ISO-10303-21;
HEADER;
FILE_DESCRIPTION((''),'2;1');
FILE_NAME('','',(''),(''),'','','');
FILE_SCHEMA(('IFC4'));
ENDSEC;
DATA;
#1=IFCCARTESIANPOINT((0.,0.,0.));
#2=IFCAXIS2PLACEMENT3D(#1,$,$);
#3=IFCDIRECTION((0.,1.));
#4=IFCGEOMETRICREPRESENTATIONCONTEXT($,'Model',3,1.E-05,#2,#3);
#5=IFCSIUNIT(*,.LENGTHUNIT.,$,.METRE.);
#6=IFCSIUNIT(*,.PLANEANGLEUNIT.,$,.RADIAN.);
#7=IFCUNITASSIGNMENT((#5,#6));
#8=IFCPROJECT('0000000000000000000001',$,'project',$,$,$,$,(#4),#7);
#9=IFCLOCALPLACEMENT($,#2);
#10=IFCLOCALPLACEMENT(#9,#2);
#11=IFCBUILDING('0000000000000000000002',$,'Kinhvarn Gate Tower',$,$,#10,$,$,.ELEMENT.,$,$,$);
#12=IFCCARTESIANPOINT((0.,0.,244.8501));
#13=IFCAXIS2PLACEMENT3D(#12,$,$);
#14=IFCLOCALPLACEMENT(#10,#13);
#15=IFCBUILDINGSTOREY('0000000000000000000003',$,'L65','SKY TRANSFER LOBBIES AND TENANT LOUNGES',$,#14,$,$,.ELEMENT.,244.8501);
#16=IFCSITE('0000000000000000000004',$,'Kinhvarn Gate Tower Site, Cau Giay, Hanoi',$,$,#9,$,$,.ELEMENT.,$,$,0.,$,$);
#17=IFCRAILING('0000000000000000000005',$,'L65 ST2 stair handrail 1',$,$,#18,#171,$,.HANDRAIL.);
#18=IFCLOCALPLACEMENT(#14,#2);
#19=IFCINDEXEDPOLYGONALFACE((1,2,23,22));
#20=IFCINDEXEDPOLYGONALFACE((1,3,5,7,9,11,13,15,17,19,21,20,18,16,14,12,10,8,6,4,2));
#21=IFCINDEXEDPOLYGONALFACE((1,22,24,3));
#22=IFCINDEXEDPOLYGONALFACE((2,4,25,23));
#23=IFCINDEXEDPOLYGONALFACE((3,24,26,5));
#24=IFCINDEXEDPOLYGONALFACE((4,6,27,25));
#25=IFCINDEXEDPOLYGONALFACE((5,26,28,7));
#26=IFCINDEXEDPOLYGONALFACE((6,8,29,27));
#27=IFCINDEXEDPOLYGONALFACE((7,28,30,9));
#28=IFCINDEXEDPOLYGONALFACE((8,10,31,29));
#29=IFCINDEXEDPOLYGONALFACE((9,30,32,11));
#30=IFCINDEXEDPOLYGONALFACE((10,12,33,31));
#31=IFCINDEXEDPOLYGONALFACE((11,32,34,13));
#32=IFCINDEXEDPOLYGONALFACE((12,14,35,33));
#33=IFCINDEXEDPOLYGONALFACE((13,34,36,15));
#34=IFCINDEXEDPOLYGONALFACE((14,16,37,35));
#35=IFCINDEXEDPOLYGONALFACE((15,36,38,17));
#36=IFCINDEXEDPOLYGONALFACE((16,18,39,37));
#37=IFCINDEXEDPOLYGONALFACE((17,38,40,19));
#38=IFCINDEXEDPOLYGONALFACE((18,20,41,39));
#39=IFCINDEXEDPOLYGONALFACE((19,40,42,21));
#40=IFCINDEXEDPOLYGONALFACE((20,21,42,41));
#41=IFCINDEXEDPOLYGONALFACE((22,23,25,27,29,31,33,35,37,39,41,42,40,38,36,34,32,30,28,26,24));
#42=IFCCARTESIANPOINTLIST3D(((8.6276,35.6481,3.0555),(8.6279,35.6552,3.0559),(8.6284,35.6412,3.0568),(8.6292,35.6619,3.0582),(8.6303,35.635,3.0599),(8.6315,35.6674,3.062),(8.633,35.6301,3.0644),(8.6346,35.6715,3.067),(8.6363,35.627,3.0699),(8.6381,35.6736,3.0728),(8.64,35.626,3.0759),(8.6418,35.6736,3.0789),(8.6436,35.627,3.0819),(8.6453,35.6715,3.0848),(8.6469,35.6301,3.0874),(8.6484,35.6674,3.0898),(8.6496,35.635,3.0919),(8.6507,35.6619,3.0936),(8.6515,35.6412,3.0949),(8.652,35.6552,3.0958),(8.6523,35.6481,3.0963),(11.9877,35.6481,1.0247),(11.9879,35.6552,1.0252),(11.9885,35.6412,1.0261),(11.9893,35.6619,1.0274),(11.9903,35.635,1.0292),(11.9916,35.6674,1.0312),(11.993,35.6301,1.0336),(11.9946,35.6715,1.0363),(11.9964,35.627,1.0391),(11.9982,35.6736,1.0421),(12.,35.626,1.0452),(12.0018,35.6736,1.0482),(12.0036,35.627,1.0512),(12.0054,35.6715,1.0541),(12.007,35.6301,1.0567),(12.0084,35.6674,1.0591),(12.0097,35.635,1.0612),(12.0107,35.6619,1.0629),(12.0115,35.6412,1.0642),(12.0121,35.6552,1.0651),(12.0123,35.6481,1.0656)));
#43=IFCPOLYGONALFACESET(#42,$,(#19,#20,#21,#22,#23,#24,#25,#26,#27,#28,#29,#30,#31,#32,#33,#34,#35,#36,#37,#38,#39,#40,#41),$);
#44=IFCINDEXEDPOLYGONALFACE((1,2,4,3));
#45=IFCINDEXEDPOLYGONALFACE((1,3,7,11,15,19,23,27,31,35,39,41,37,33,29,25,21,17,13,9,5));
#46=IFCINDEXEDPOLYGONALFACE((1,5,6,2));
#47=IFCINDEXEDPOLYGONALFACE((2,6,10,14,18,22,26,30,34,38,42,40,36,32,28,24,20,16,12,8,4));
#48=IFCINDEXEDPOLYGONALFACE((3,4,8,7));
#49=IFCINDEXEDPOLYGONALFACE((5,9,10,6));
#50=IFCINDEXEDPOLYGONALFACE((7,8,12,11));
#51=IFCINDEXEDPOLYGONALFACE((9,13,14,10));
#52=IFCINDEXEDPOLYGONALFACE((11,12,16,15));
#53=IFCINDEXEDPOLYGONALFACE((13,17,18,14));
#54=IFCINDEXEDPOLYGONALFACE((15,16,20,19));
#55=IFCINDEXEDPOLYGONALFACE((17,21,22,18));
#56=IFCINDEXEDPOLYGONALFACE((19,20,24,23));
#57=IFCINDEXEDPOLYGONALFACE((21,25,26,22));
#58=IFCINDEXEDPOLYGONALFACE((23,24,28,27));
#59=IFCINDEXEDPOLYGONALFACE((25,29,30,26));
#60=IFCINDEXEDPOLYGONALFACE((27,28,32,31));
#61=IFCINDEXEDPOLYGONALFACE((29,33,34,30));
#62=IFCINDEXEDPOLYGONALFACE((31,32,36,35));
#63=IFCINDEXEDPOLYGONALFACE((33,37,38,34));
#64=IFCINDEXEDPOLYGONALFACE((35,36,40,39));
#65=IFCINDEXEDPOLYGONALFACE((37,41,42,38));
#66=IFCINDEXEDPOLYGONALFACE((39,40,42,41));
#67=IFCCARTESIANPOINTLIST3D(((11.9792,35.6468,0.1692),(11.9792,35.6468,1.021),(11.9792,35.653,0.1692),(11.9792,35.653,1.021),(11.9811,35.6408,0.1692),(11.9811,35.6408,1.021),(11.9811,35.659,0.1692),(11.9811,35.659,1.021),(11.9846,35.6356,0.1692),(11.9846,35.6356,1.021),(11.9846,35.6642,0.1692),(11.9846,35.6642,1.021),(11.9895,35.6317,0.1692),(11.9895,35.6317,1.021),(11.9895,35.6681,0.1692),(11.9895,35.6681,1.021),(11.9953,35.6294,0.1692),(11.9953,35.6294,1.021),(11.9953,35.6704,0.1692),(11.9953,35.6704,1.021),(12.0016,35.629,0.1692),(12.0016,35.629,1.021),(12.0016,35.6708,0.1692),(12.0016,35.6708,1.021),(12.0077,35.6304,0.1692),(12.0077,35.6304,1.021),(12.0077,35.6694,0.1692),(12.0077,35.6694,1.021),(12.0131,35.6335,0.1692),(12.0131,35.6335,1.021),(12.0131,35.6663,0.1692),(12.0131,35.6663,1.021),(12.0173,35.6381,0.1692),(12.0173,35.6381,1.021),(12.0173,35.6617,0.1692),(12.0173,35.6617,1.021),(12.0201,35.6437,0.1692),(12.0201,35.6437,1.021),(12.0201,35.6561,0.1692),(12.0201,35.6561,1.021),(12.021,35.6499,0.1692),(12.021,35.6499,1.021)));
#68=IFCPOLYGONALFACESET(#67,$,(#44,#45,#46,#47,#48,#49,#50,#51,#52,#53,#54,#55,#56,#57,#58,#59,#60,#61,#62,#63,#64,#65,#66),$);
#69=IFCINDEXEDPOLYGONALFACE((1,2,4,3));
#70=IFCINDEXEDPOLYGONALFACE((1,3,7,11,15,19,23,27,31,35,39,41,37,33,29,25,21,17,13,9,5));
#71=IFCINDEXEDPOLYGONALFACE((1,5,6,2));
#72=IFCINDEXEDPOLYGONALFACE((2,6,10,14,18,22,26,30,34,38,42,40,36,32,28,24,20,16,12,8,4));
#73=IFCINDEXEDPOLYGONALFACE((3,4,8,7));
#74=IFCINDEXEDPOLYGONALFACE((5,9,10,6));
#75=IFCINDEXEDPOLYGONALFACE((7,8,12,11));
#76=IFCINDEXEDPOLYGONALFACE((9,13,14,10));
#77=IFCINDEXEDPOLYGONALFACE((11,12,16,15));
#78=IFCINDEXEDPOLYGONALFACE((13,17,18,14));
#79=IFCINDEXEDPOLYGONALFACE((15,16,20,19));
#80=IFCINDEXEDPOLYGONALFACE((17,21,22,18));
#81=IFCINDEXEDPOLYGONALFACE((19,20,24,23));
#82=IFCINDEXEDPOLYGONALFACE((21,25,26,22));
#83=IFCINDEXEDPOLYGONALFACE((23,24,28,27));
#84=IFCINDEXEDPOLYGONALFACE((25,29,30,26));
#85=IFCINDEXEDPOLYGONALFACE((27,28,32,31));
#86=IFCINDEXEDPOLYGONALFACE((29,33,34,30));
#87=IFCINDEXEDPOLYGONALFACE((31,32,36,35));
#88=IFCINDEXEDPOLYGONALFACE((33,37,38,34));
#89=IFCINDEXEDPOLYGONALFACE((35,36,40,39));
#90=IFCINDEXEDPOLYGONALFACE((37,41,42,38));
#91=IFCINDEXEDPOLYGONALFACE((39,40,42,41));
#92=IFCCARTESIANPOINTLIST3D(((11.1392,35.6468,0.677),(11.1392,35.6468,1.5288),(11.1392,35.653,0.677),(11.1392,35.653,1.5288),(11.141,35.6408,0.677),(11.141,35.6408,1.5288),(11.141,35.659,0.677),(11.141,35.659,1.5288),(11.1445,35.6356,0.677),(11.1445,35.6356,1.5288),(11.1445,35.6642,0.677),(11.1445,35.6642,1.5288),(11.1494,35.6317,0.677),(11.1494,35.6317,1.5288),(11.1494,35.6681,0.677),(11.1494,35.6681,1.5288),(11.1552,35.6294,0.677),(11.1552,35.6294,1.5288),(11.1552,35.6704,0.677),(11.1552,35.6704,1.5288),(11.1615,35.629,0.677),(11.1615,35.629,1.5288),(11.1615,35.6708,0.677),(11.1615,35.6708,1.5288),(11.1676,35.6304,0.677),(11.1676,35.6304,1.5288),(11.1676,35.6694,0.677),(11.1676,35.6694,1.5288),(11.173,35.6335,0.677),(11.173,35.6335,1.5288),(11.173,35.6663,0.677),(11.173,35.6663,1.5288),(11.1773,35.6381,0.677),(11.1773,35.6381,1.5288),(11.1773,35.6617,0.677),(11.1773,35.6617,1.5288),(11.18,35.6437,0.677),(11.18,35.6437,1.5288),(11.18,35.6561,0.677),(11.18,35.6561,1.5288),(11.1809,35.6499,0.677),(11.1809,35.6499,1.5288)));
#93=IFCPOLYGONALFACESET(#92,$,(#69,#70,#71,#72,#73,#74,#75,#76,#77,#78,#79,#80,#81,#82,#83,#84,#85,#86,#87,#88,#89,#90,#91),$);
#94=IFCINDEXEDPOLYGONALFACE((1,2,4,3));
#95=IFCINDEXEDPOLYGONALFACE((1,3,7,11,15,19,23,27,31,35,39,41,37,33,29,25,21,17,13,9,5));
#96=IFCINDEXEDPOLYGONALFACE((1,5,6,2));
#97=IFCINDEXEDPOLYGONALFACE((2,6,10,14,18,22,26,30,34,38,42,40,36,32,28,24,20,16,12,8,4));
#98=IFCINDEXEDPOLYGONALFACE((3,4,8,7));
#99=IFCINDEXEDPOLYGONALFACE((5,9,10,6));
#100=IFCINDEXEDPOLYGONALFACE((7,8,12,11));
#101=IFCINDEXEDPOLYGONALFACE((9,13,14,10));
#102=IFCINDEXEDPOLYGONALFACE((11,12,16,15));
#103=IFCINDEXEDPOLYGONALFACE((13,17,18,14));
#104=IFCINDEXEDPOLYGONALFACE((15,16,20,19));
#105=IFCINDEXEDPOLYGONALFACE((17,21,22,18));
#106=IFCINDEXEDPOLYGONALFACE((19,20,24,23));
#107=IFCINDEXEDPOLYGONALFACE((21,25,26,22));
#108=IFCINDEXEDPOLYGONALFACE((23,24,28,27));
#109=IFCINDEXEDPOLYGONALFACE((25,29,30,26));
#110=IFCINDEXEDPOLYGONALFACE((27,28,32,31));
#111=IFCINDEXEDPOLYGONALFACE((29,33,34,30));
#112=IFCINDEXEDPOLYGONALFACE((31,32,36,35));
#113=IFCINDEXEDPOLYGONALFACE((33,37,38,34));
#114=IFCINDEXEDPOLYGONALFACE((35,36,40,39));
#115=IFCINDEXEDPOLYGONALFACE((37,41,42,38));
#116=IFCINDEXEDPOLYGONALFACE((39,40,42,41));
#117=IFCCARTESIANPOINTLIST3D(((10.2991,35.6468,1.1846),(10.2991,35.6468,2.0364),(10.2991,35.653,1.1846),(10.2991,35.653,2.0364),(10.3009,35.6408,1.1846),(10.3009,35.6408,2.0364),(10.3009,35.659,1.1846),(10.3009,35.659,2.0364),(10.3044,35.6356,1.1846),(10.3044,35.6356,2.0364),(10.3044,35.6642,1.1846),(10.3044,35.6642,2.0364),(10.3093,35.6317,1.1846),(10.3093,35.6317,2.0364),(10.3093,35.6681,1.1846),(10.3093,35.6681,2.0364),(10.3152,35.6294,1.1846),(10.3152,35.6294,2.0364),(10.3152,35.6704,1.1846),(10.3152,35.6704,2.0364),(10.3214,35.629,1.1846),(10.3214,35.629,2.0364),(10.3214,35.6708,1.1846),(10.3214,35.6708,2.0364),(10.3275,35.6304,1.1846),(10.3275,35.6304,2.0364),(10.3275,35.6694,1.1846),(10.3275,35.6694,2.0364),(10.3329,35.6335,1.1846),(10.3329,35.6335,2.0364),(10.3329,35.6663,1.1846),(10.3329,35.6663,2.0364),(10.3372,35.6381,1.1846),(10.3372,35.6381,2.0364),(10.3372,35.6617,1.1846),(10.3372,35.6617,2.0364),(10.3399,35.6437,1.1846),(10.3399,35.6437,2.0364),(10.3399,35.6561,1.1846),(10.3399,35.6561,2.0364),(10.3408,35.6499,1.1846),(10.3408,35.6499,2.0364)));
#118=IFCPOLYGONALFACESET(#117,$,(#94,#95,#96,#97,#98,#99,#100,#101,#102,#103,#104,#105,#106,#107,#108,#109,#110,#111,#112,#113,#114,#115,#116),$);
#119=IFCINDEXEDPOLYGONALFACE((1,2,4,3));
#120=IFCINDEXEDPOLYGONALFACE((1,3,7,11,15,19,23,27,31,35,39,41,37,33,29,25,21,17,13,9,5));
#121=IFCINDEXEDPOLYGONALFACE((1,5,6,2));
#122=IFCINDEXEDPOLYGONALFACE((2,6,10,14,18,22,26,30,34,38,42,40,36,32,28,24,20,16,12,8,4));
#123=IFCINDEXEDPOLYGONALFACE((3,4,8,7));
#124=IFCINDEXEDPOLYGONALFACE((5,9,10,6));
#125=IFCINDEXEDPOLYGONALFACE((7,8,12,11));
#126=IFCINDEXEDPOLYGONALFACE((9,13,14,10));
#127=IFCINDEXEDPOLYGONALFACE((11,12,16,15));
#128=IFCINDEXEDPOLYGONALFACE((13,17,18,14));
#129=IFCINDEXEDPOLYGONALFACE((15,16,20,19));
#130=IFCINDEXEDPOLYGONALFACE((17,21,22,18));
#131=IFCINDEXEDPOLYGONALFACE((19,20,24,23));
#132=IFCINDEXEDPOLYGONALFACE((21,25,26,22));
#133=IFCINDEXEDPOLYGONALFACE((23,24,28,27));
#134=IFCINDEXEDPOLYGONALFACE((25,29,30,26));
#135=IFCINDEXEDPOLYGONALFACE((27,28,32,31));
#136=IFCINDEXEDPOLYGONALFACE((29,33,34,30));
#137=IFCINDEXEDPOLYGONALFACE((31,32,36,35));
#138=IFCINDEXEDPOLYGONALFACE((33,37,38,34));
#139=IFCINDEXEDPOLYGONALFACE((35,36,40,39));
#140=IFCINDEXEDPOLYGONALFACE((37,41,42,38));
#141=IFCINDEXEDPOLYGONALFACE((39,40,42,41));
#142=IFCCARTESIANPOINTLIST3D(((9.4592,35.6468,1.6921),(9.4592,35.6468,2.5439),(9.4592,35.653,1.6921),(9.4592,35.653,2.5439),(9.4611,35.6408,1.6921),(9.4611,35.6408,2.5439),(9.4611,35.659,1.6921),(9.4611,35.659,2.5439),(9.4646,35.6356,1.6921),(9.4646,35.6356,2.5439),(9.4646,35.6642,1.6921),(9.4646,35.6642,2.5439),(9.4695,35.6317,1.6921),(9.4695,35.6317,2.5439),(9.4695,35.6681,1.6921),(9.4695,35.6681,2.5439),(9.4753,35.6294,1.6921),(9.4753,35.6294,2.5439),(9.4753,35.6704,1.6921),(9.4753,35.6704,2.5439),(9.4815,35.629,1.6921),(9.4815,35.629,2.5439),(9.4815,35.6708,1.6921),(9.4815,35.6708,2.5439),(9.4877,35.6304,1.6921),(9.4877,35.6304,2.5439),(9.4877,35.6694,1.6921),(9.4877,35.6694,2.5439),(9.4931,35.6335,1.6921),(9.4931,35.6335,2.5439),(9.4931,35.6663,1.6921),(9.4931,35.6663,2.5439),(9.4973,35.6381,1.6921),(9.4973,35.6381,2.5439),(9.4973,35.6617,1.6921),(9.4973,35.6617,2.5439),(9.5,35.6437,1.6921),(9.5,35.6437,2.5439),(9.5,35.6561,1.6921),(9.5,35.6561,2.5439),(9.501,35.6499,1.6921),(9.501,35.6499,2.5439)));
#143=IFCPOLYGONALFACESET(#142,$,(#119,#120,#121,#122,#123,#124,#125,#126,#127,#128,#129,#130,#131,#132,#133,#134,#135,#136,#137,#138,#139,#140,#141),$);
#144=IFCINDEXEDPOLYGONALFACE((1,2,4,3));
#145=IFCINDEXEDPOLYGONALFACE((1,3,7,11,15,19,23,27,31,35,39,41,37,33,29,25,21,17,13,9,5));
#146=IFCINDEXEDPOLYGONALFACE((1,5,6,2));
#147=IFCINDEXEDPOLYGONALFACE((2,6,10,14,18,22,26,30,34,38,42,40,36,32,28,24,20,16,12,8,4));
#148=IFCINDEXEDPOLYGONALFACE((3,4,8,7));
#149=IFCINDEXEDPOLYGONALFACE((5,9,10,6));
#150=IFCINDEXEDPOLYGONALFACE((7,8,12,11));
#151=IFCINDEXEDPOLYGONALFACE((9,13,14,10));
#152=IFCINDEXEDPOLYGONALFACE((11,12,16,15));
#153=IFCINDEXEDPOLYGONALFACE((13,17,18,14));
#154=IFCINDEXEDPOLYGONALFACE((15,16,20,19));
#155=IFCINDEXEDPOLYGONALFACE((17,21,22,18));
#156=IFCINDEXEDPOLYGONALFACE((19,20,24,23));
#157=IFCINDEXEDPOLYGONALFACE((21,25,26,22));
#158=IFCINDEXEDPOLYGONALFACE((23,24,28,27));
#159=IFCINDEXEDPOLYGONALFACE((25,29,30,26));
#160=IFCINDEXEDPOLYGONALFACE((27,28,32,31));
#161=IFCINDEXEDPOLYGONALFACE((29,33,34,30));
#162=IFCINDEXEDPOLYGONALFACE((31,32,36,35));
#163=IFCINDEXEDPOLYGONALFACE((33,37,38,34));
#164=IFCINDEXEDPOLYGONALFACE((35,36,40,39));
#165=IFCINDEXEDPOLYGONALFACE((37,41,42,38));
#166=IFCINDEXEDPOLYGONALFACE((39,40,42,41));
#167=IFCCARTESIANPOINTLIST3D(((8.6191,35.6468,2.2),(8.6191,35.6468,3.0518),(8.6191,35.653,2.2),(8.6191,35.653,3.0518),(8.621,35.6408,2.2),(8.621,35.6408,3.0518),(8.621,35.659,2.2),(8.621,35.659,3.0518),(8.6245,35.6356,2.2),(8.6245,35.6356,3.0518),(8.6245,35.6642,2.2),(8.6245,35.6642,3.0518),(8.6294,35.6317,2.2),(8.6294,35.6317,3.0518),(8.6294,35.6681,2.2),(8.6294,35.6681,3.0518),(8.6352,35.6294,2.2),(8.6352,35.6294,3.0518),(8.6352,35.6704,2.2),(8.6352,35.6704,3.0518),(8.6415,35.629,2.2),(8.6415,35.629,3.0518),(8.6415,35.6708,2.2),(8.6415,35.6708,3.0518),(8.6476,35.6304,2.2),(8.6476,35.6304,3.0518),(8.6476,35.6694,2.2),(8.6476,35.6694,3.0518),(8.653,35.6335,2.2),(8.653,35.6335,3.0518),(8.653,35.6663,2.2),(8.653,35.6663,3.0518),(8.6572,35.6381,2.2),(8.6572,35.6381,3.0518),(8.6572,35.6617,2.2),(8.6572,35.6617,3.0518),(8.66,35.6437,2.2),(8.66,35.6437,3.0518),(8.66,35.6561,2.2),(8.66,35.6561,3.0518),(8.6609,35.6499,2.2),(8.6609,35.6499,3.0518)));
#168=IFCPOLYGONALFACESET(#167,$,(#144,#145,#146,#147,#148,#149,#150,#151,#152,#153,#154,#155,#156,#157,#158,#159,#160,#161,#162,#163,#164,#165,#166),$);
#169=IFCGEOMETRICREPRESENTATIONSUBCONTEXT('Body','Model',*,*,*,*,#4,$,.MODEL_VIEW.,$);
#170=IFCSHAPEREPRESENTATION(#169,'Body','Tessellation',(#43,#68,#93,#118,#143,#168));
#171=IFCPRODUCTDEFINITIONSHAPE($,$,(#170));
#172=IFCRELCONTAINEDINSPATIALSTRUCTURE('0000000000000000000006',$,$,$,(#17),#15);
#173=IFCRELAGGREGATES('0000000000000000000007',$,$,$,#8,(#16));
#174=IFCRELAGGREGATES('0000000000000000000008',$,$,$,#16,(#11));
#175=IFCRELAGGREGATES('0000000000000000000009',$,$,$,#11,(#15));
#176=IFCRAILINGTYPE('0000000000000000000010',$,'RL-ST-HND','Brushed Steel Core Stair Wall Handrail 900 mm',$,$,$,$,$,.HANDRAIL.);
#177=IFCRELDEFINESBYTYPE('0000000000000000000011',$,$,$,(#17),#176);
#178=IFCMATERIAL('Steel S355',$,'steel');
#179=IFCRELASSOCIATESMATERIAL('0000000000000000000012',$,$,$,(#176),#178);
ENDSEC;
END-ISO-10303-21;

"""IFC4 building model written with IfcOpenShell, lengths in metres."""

from ifc_helpers import new_model, si_unit, direction, frame, origin, origin_2d, place, context, subcontext, project, spatial, circle, extrude, material, type_object, element, save


model = new_model("IFC4")

# Units and contexts
model_context = context("Model", 3, precision=1e-05, world=origin(), true_north=direction((0.0, 1.0)))
body_context = subcontext(model_context, "Body", "Model", "MODEL_VIEW")
ifc_project = project(units=[si_unit("LENGTHUNIT", "METRE"), si_unit("PLANEANGLEUNIT", "RADIAN")], contexts=[model_context])

# Site, building, storey
site_placement = place(None, origin())
site = spatial("IfcSite", under=ifc_project, at=site_placement, Name="Kinhvarn Gate Tower Site, Cau Giay, Hanoi", CompositionType="ELEMENT", RefElevation=0.0)
building_placement = place(site_placement, origin())
building = spatial("IfcBuilding", under=site, at=building_placement, Name="Kinhvarn Gate Tower", CompositionType="ELEMENT")
storey_placement = place(building_placement, frame((0.0, 0.0, 244.8501)))
storey = spatial("IfcBuildingStorey", under=building, at=storey_placement, Name="L65", Description="SKY TRANSFER LOBBIES AND TENANT LOUNGES", CompositionType="ELEMENT", Elevation=244.8501)

# Shared definitions
ifc_material_1 = material(Name="Steel S355", Category="steel")

# Railing
railing_type_1 = type_object("IfcRailingType", Name="RL-ST-HND", Description="Brushed Steel Core Stair Wall Handrail 900 mm", PredefinedType="HANDRAIL", material=ifc_material_1)
railing_1_placement = place(storey_placement, frame((12.0, 35.6499, 0.1692)))
element("IfcRailing", 1, at=railing_1_placement, inside=storey, type_object=railing_type_1, Name="L65 ST2 stair handrail 1", PredefinedType="HANDRAIL", context=body_context, shape_type="SweptSolid", body=[
    extrude(circle(Radius=0.0239, at=origin_2d()), frame((0.0, 0.0, 0.876), z_axis=(-0.855837, 0.0, 0.517246), x_axis=(0.0, -1.0, 0.0)), (0.0, 0.0, 1.0), 3.926),
    extrude(circle(Radius=0.021, at=origin_2d()), origin(), (0.0, 0.0, 1.0), 0.8518),
    extrude(circle(Radius=0.021, at=origin_2d()), frame((-0.8401, 0.0, 0.5078)), (0.0, 0.0, 1.0), 0.8518),
    extrude(circle(Radius=0.021, at=origin_2d()), frame((-1.6802, 0.0, 1.0154)), (0.0, 0.0, 1.0), 0.8518),
    extrude(circle(Radius=0.021, at=origin_2d()), frame((-2.52, 0.0, 1.5229)), (0.0, 0.0, 1.0), 0.8518),
    extrude(circle(Radius=0.021, at=origin_2d()), frame((-3.3601, 0.0, 2.0308)), (0.0, 0.0, 1.0), 0.8518),
])

save(model, "model.ifc")
